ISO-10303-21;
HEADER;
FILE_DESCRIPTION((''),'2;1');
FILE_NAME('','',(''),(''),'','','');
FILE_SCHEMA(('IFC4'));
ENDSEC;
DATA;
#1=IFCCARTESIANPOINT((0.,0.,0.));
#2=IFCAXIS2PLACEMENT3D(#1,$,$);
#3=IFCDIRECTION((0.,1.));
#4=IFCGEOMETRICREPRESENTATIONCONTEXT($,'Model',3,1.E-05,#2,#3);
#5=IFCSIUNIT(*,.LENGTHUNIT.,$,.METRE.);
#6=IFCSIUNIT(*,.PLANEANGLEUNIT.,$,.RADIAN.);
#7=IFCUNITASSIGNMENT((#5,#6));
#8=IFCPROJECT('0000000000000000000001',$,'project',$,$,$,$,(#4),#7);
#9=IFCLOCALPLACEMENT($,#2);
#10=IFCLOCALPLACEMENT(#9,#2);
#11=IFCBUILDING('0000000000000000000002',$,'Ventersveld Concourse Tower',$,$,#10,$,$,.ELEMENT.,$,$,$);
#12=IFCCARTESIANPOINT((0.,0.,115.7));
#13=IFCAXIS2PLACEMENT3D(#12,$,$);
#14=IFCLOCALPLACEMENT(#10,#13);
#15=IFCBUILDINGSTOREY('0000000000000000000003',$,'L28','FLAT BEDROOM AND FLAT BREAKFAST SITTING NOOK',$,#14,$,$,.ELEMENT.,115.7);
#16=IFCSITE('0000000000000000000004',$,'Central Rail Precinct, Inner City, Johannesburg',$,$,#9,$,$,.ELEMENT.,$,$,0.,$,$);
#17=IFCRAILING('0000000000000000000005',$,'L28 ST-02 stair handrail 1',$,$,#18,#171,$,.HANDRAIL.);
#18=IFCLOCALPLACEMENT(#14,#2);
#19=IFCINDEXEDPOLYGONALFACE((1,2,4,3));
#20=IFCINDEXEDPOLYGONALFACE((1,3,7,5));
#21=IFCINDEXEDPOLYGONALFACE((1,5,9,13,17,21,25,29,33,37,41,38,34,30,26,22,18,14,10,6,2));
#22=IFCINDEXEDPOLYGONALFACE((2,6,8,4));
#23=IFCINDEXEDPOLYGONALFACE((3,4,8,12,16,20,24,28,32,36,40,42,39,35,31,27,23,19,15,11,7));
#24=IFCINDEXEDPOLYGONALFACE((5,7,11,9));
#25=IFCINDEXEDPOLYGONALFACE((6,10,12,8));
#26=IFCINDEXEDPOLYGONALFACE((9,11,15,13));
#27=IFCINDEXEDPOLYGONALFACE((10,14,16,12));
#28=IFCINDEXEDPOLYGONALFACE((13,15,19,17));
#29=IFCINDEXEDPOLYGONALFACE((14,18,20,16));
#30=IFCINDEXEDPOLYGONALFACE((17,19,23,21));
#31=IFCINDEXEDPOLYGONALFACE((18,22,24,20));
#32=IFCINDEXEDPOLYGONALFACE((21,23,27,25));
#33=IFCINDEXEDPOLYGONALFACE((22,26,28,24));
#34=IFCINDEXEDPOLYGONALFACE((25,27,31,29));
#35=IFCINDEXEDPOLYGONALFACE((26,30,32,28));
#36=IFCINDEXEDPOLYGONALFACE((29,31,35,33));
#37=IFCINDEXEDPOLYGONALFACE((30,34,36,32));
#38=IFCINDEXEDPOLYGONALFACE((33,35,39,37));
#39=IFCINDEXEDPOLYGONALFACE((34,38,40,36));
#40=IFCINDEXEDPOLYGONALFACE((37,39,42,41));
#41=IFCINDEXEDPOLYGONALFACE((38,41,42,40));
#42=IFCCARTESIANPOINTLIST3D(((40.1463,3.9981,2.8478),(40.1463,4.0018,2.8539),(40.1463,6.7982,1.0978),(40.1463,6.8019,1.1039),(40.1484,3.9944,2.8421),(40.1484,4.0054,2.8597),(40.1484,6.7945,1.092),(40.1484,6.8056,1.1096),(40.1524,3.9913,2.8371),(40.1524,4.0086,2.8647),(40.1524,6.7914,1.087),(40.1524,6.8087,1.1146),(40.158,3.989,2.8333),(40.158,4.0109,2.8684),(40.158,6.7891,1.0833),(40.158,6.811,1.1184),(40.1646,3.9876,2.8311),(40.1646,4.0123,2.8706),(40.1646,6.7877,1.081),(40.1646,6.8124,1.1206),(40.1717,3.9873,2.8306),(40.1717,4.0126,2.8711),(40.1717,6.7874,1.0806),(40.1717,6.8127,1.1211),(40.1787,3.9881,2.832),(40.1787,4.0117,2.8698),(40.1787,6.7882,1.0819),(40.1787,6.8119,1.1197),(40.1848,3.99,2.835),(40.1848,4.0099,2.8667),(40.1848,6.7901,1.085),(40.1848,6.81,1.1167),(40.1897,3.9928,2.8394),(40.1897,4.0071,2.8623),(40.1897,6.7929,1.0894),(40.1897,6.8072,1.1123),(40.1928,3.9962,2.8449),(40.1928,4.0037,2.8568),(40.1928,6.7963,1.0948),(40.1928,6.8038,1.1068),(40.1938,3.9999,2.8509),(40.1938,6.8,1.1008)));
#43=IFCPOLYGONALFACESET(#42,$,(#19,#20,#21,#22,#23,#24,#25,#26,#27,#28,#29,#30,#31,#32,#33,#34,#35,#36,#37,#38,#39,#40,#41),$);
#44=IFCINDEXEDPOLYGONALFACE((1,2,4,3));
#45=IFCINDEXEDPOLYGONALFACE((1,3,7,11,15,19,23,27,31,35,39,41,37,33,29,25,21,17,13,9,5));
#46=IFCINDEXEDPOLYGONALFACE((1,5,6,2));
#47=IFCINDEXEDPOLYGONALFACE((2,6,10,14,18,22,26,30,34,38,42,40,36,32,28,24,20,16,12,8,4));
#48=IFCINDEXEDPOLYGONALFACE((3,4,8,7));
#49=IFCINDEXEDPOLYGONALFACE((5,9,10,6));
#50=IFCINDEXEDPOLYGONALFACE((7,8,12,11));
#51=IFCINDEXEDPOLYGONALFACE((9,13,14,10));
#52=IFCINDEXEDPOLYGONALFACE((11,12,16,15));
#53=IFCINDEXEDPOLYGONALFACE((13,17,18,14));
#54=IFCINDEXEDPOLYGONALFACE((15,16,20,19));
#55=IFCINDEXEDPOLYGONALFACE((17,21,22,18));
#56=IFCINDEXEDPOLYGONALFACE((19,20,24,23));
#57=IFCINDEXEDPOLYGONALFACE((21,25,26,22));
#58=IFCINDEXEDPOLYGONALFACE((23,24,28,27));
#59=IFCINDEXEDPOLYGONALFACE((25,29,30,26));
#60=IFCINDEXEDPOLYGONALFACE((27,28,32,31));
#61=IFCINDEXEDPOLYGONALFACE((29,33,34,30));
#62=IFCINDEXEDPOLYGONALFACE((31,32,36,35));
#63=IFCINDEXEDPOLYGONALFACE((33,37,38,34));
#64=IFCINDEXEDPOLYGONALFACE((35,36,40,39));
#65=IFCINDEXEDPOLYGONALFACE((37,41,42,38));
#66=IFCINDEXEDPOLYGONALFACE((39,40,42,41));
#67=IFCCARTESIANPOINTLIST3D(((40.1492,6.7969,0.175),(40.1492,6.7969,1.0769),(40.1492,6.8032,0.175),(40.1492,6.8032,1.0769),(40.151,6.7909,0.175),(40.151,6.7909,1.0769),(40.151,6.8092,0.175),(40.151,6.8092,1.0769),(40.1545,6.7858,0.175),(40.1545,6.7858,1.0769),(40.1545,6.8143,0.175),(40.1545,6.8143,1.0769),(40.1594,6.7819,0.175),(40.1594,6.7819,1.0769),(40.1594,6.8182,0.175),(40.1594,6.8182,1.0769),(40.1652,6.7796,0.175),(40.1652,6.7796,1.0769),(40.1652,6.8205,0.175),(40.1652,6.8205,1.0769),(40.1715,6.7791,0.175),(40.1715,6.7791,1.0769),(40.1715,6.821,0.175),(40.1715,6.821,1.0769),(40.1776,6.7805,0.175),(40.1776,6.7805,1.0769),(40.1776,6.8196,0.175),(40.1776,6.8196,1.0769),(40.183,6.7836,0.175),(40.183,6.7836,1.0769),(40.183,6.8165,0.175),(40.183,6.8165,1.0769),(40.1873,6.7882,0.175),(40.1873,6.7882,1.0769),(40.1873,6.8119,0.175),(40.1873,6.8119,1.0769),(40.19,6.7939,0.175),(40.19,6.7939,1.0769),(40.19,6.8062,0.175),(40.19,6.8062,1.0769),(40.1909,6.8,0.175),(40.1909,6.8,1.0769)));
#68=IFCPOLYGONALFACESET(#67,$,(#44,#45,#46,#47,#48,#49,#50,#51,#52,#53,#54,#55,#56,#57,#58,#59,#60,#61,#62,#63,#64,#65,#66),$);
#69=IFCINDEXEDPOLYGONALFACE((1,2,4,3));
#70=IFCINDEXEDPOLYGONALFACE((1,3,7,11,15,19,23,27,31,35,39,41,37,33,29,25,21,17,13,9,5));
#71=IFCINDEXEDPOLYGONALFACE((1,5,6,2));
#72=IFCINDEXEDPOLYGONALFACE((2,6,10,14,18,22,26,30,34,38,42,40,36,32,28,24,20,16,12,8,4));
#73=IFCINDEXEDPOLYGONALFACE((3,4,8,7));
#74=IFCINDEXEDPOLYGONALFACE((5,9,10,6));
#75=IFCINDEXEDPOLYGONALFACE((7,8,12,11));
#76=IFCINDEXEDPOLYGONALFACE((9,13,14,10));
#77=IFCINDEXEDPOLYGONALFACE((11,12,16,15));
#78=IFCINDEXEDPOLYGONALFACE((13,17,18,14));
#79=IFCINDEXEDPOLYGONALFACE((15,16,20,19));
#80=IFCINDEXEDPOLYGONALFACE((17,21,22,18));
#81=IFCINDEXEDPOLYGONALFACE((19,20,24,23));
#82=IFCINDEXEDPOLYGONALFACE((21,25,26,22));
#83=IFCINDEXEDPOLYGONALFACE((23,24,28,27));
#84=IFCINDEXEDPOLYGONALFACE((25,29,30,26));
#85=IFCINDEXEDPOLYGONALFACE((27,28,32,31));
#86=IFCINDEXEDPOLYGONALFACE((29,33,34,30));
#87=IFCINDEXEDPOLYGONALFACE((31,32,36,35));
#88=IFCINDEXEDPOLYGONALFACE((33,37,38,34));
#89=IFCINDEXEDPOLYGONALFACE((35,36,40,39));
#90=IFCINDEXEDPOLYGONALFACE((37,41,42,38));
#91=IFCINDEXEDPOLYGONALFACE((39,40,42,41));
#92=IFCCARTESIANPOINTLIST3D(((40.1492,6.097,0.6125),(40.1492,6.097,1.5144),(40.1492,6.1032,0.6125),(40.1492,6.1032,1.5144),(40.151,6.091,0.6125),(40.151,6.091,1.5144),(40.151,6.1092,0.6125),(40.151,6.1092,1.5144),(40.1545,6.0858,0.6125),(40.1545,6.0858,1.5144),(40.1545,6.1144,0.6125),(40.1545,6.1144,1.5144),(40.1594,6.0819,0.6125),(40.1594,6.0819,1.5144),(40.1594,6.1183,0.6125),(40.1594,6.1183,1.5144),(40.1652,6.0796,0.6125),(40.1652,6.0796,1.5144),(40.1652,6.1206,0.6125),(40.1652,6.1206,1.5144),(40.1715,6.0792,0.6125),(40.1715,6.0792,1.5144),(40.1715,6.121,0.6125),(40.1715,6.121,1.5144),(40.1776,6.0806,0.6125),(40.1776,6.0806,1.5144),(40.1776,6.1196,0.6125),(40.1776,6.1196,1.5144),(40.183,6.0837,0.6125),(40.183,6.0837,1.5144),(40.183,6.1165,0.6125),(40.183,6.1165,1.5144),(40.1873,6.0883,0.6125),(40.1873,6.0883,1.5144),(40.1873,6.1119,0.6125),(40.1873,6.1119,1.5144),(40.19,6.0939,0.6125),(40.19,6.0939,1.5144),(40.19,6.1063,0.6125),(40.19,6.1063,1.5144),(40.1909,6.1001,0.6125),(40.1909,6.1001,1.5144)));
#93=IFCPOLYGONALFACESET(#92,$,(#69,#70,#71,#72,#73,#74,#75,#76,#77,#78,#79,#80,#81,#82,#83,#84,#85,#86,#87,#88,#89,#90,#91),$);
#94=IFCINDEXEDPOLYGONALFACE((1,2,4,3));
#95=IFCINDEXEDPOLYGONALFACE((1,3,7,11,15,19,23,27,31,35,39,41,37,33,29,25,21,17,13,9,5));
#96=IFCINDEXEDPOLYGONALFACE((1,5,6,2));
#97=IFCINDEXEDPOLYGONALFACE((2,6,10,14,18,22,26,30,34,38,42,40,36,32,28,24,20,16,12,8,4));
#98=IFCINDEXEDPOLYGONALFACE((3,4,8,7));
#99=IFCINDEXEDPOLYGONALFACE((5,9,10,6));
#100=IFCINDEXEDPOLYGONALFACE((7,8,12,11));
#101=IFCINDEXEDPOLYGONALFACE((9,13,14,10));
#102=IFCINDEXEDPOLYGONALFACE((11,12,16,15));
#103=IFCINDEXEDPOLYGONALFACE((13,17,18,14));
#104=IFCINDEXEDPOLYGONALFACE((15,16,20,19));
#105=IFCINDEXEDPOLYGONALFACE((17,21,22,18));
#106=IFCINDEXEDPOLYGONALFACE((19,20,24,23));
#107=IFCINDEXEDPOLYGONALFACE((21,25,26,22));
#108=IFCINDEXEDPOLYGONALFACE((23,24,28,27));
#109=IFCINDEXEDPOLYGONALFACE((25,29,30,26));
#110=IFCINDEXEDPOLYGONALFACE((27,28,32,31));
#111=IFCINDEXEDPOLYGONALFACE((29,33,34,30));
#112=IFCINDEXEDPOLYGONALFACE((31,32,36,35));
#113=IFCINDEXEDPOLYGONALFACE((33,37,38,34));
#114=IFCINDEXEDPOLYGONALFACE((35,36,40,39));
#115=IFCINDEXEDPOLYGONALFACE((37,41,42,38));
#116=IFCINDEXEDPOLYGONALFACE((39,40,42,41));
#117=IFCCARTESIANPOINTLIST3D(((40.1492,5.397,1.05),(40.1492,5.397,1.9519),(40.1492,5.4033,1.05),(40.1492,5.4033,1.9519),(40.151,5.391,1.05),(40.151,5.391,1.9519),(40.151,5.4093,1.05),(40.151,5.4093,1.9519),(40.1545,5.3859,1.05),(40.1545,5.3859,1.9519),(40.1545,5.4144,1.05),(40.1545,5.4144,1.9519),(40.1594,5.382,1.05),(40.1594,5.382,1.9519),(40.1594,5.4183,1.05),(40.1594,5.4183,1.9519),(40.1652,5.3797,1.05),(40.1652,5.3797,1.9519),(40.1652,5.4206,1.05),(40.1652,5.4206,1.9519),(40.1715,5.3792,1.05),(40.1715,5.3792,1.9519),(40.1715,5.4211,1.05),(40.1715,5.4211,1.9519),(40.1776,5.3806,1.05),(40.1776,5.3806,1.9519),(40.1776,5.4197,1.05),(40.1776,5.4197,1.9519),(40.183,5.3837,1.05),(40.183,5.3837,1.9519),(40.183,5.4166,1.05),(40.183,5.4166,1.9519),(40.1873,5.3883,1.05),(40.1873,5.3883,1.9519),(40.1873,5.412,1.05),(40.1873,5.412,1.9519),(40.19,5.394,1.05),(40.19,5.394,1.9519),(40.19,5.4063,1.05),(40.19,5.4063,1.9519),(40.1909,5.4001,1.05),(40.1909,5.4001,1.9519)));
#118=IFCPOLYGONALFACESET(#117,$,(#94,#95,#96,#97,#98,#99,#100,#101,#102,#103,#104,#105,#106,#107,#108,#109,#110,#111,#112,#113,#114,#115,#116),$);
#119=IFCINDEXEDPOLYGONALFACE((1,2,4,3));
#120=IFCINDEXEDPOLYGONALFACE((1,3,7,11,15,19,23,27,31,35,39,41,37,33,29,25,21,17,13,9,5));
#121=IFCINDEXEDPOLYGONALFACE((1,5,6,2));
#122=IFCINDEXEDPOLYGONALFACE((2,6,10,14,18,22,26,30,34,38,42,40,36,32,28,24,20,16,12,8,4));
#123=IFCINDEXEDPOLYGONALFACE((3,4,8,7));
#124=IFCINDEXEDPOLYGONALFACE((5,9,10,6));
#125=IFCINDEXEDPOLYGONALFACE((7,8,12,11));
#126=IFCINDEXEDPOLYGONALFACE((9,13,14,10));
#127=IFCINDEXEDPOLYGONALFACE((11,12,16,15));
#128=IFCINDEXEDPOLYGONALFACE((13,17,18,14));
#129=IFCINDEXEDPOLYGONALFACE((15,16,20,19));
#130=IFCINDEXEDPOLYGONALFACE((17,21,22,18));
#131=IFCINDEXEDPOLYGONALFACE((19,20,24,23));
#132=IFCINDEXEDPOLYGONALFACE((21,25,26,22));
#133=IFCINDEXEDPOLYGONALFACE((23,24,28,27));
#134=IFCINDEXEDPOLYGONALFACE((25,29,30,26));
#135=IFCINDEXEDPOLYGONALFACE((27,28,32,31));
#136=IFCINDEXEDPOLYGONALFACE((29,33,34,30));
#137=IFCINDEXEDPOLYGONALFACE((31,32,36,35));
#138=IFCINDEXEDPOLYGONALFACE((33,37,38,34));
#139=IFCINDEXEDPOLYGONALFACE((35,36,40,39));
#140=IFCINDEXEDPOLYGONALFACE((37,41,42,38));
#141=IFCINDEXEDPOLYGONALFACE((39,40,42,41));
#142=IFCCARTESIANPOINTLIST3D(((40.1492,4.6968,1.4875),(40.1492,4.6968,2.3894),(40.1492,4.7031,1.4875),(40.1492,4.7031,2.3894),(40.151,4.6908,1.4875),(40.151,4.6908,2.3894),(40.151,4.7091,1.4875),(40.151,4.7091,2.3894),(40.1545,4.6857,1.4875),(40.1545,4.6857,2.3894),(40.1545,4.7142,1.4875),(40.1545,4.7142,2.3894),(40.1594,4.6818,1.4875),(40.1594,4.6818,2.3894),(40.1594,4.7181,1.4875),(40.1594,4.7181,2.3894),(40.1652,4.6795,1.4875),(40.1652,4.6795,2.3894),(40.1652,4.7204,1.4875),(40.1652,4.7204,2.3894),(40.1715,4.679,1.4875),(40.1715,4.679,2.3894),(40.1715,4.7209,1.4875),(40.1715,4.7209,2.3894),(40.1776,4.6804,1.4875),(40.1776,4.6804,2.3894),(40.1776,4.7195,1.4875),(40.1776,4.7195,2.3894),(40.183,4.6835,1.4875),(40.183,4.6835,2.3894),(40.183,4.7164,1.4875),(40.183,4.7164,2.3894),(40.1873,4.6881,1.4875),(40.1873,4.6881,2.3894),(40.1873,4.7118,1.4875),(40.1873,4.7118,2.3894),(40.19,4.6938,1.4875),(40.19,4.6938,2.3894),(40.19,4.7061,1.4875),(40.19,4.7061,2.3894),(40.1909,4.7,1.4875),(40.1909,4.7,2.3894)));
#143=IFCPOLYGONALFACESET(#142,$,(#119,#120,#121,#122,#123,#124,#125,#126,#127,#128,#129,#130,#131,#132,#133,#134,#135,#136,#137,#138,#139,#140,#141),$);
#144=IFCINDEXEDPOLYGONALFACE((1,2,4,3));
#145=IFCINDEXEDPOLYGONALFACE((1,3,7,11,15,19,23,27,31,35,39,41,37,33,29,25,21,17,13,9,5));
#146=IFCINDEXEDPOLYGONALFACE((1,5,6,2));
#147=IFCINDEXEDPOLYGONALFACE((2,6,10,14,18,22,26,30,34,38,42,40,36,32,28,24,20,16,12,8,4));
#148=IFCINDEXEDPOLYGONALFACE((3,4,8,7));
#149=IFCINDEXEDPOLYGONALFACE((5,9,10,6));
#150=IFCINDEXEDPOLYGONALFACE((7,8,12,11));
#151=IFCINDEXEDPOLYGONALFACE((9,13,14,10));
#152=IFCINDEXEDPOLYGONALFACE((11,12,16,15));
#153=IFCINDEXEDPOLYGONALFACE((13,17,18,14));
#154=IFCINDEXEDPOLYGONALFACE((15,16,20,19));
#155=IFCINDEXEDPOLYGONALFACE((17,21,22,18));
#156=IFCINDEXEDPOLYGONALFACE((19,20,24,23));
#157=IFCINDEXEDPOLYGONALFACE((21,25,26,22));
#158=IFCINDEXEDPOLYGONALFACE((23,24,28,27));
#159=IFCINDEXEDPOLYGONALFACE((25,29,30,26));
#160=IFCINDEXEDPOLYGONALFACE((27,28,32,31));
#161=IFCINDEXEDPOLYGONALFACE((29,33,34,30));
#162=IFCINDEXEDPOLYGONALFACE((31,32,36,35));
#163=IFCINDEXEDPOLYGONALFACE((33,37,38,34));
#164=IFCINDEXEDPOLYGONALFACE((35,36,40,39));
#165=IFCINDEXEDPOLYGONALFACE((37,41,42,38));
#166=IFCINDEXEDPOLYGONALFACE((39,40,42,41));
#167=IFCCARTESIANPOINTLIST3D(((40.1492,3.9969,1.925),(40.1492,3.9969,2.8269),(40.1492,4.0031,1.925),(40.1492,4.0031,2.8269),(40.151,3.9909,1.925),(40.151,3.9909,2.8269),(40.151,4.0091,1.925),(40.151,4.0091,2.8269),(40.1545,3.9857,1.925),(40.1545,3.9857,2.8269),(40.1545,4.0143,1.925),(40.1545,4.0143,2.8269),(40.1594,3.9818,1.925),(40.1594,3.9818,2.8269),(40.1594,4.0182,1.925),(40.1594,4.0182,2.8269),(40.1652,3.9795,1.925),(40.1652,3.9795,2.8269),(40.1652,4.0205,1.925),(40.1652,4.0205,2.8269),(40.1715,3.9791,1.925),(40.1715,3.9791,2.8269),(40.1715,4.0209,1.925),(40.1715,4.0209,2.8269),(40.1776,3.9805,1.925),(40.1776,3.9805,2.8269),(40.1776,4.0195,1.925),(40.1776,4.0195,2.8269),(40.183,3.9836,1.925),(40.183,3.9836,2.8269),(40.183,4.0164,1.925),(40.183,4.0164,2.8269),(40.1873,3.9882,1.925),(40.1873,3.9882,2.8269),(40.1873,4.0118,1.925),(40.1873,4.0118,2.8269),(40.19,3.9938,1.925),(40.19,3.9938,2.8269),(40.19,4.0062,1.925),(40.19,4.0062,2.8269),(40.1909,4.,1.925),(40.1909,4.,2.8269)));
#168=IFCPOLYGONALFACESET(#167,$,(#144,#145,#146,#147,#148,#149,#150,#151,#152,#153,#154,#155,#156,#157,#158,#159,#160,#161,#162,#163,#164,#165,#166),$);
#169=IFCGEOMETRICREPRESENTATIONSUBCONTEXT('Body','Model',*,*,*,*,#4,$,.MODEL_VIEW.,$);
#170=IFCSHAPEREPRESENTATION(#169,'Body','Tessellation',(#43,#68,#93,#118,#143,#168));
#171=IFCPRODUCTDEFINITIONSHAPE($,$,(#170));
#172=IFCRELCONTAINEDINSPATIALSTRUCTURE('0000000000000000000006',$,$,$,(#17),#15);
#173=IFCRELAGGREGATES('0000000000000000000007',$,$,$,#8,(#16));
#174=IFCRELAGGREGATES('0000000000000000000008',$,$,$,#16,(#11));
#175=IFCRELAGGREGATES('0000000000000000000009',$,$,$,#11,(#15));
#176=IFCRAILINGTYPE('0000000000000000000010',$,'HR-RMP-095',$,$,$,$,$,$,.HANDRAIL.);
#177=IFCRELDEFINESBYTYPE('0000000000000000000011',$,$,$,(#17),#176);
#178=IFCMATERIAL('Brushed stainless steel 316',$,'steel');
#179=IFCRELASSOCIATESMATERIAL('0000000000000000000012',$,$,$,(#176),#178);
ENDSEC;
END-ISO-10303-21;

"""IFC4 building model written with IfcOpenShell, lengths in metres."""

from ifc_helpers import new_model, si_unit, direction, frame, origin, origin_2d, place, context, subcontext, project, spatial, circle, extrude, material, type_object, element, save


model = new_model("IFC4")

# Units and contexts
model_context = context("Model", 3, precision=1e-05, world=origin(), true_north=direction((0.0, 1.0)))
body_context = subcontext(model_context, "Body", "Model", "MODEL_VIEW")
ifc_project = project(units=[si_unit("LENGTHUNIT", "METRE"), si_unit("PLANEANGLEUNIT", "RADIAN")], contexts=[model_context])

# Site, building, storey
site_placement = place(None, origin())
site = spatial("IfcSite", under=ifc_project, at=site_placement, Name="Central Rail Precinct, Inner City, Johannesburg", CompositionType="ELEMENT", RefElevation=0.0)
building_placement = place(site_placement, origin())
building = spatial("IfcBuilding", under=site, at=building_placement, Name="Ventersveld Concourse Tower", CompositionType="ELEMENT")
storey_placement = place(building_placement, frame((0.0, 0.0, 115.7)))
storey = spatial("IfcBuildingStorey", under=building, at=storey_placement, Name="L28", Description="FLAT BEDROOM AND FLAT BREAKFAST SITTING NOOK", CompositionType="ELEMENT", Elevation=115.7)

# Shared definitions
ifc_material_1 = material(Name="Brushed stainless steel 316", Category="steel")

# Railing
railing_type_1 = type_object("IfcRailingType", Name="HR-RMP-095", PredefinedType="HANDRAIL", material=ifc_material_1)
railing_1_placement = place(storey_placement, frame((40.1699, 6.8, 0.175)))
element("IfcRailing", 1, at=railing_1_placement, inside=storey, type_object=railing_type_1, Name="L28 ST-02 stair handrail 1", PredefinedType="HANDRAIL", context=body_context, shape_type="SweptSolid", body=[
    extrude(circle(Radius=0.0239, at=origin_2d()), frame((0.0, 0.0, 0.9258), z_axis=(0.0, -0.848002, 0.529992), x_axis=(1.0, 0.0, 0.0)), (0.0, 0.0, 1.0), 3.302),
    extrude(circle(Radius=0.021, at=origin_2d()), origin(), (0.0, 0.0, 1.0), 0.9019),
    extrude(circle(Radius=0.021, at=origin_2d()), frame((0.0, -0.7, 0.4375)), (0.0, 0.0, 1.0), 0.9019),
    extrude(circle(Radius=0.021, at=origin_2d()), frame((0.0, -1.3999, 0.875)), (0.0, 0.0, 1.0), 0.9019),
    extrude(circle(Radius=0.021, at=origin_2d()), frame((0.0, -2.1001, 1.3125)), (0.0, 0.0, 1.0), 0.9019),
    extrude(circle(Radius=0.021, at=origin_2d()), frame((0.0, -2.8, 1.75)), (0.0, 0.0, 1.0), 0.9019),
])

save(model, "model.ifc")
